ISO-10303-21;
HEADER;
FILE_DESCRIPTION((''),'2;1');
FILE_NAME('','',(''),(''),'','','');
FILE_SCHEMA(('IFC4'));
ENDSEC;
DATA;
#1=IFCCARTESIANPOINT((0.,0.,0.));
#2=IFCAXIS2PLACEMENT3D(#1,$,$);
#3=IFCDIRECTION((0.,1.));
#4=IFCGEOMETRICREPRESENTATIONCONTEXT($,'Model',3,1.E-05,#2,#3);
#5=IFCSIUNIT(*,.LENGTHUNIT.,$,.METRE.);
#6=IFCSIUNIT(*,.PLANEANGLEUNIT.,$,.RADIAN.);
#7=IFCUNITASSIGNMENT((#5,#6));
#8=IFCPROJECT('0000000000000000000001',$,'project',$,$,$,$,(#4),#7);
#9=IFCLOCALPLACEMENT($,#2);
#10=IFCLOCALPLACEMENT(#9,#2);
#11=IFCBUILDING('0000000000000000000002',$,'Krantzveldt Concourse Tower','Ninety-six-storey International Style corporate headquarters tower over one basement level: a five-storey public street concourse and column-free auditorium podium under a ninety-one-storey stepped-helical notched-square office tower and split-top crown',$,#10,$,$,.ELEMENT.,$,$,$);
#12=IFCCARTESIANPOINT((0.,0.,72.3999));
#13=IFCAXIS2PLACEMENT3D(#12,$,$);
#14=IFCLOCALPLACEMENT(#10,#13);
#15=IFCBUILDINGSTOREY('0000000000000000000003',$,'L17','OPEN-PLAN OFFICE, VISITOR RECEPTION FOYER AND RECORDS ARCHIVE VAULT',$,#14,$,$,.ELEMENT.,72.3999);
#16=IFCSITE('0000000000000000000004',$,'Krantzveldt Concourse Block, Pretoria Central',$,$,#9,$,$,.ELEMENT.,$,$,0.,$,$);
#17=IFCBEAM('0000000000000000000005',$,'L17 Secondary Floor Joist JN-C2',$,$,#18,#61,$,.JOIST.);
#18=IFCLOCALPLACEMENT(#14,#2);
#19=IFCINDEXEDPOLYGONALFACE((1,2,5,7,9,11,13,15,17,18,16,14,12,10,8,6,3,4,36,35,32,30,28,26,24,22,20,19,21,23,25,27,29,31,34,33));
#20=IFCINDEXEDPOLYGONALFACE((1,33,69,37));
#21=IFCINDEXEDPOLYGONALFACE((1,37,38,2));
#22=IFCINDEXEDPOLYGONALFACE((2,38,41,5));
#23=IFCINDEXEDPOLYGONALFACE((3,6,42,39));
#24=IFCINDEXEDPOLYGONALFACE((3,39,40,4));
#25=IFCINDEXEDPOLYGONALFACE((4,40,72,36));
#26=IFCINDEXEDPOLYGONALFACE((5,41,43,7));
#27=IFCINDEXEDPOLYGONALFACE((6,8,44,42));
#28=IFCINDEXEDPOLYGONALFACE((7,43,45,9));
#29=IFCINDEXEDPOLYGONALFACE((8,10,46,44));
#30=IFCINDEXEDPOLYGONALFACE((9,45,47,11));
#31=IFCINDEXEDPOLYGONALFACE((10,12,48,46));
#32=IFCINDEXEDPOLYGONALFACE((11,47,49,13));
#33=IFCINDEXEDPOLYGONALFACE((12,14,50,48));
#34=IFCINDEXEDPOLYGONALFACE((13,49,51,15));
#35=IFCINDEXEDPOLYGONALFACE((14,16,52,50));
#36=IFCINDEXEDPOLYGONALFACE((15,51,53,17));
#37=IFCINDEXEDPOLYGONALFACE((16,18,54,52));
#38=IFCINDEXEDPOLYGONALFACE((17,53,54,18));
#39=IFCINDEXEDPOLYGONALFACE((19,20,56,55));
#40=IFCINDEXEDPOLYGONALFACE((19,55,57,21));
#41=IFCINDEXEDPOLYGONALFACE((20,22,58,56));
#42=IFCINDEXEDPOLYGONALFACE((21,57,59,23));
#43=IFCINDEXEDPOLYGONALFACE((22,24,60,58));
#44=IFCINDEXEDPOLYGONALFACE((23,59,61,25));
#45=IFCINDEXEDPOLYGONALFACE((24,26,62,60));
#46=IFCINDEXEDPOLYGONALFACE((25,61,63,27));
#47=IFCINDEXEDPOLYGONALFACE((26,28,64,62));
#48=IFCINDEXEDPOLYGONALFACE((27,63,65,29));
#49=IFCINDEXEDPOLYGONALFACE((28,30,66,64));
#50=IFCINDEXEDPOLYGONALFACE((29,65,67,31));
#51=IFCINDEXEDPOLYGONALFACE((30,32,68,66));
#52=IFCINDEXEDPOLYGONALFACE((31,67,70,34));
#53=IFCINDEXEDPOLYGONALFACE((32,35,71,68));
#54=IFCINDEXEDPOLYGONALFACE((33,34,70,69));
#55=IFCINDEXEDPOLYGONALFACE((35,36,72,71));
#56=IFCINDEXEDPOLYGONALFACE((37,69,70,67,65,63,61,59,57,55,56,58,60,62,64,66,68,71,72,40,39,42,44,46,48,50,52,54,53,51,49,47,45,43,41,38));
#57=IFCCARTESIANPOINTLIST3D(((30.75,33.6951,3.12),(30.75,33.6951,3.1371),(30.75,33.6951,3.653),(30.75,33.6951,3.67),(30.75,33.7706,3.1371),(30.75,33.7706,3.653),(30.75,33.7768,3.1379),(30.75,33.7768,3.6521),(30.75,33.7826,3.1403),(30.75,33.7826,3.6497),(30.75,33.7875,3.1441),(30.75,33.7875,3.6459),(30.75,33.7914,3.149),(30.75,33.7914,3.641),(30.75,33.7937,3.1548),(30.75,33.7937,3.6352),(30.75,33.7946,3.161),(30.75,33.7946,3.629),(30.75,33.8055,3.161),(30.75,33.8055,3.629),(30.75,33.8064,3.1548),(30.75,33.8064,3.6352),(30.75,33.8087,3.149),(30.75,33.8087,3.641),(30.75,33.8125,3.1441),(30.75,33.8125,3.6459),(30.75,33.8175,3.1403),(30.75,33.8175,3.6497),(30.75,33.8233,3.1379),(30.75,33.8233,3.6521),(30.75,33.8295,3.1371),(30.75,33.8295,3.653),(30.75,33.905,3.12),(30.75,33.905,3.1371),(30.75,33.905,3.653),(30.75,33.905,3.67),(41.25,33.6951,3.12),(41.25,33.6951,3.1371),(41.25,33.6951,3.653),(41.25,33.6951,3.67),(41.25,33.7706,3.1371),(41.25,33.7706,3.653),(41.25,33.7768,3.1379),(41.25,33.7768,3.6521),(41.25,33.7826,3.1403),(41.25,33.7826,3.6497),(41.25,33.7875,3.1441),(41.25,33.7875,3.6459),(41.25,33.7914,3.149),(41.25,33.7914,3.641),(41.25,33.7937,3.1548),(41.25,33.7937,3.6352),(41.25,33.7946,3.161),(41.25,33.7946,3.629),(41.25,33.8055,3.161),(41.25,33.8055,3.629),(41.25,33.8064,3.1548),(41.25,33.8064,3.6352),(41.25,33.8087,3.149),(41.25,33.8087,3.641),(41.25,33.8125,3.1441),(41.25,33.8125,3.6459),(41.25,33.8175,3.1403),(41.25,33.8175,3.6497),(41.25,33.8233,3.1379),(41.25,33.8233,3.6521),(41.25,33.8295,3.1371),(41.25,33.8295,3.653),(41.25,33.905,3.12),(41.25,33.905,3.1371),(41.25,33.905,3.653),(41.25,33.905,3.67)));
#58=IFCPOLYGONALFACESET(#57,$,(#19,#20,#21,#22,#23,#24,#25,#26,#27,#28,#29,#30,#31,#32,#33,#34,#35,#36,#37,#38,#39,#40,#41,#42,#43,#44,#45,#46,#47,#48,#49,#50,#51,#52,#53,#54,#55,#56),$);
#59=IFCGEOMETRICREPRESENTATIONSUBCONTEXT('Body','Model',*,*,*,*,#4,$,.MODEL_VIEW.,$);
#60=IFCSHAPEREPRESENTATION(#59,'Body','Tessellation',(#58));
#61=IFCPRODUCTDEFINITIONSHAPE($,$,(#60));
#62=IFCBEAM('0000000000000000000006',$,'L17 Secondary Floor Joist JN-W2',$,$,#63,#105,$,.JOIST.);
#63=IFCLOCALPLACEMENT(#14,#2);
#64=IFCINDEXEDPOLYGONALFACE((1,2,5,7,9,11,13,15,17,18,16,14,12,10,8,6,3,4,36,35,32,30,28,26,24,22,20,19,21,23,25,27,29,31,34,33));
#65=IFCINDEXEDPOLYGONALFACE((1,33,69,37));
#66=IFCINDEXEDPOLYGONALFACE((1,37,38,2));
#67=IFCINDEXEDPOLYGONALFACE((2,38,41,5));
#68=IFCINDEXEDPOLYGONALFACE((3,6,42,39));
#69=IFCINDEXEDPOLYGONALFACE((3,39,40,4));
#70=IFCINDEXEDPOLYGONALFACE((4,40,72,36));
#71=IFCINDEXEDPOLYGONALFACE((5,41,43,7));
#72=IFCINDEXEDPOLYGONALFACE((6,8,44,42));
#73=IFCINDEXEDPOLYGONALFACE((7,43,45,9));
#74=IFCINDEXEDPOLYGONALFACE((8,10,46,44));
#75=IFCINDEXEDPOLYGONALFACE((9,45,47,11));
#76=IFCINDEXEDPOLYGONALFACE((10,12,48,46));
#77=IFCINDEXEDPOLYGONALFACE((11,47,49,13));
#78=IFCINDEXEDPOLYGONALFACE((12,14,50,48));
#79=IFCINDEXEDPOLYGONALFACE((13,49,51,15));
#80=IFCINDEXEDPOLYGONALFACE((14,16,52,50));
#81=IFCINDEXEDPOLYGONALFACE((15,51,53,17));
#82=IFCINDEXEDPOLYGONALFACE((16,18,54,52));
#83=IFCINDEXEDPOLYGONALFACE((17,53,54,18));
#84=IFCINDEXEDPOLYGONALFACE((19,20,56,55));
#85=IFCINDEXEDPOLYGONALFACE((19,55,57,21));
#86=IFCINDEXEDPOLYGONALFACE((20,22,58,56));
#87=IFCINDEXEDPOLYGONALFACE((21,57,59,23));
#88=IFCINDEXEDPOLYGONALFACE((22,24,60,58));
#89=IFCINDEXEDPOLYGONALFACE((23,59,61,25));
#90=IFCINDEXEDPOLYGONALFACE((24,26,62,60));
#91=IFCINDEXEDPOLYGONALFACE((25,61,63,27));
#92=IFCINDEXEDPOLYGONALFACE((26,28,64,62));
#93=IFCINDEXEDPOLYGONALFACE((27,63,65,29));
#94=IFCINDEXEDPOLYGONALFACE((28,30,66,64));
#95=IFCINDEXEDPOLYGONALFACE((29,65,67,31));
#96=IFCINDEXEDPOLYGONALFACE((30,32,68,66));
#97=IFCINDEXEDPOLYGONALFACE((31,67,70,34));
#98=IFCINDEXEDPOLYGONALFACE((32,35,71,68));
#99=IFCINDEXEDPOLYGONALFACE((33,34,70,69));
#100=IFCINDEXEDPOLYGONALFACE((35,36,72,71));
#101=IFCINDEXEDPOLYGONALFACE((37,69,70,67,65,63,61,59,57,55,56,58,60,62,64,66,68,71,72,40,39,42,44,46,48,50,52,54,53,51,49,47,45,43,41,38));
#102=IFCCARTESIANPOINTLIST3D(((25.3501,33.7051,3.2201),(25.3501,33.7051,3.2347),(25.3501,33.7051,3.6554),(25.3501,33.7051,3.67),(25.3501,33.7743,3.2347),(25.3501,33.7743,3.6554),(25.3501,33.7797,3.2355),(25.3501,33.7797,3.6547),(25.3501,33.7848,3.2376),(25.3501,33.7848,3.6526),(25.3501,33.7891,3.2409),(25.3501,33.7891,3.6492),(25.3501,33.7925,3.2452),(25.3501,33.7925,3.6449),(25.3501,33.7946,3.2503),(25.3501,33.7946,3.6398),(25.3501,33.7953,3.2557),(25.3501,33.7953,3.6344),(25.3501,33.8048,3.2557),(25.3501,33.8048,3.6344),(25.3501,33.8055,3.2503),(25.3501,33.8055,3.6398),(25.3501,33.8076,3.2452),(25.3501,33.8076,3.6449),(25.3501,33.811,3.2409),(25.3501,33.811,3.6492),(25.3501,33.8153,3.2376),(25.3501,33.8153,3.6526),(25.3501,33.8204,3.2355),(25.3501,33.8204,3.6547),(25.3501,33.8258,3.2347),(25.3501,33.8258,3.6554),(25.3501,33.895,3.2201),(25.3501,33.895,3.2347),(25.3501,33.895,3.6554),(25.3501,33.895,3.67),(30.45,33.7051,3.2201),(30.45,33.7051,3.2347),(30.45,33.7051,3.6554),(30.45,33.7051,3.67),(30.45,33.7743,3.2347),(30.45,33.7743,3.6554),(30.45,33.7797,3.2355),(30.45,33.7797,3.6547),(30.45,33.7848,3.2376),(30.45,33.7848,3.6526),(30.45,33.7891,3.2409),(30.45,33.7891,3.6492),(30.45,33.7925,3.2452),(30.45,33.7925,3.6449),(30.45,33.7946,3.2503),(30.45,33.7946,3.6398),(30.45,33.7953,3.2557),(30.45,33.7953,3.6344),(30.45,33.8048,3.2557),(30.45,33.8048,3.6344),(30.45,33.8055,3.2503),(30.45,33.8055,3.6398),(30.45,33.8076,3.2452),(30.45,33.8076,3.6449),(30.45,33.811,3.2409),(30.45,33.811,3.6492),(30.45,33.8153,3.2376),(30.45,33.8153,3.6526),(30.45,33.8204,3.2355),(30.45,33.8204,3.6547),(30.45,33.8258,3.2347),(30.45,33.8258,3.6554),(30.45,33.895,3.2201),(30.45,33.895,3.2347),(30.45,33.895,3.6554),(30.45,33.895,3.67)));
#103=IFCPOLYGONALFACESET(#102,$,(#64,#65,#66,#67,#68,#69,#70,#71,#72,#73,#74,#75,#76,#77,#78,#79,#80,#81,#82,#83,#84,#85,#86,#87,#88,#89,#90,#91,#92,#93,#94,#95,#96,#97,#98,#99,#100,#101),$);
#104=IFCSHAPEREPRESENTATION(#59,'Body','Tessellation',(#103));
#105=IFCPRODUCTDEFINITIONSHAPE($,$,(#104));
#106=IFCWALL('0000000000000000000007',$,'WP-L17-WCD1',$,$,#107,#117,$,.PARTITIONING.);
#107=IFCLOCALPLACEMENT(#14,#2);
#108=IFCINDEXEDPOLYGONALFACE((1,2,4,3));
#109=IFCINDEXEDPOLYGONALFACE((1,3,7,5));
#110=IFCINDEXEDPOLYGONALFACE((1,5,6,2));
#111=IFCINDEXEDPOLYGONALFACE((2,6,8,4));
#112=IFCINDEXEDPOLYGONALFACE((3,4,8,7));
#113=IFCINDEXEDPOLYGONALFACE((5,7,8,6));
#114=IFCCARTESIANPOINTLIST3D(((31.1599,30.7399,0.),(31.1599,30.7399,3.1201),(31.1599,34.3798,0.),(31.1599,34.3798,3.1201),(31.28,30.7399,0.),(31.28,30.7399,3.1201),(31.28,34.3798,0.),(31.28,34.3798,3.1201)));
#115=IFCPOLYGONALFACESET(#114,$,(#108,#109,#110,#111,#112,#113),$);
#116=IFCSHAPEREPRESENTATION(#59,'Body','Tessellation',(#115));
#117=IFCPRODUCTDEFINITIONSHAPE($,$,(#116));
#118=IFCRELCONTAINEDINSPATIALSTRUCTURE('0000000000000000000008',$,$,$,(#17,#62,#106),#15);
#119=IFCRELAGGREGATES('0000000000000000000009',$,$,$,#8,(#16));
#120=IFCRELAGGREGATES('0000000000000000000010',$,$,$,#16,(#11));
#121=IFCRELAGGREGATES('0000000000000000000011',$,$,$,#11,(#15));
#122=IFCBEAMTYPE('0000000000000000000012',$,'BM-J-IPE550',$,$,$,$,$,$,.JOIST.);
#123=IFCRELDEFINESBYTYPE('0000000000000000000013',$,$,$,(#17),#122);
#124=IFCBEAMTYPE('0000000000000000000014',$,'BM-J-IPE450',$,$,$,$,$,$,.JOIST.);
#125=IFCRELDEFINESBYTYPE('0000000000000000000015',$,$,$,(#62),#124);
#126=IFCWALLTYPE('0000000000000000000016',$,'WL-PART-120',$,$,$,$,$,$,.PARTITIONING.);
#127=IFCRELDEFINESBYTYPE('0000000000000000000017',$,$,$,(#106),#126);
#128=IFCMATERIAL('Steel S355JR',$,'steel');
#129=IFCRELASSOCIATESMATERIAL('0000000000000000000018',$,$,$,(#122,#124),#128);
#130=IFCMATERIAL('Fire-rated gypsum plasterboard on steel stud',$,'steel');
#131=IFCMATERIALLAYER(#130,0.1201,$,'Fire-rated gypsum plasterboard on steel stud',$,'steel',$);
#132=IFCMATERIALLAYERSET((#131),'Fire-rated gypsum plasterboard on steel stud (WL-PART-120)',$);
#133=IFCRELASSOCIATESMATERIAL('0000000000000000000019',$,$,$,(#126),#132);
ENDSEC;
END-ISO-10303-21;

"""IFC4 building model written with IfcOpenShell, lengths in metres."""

from ifc_helpers import new_model, si_unit, direction, frame, frame_2d, origin, origin_2d, place, context, subcontext, project, spatial, rectangle, i_section, extrude, source, transform, mapped, material, layer, layer_set, material_profile, profile_set, type_object, type_shapes, element, save


model = new_model("IFC4")

# Units and contexts
model_context = context("Model", 3, precision=1e-05, world=origin(), true_north=direction((0.0, 1.0)))
body_context = subcontext(model_context, "Body", "Model", "MODEL_VIEW")
ifc_project = project(units=[si_unit("LENGTHUNIT", "METRE"), si_unit("PLANEANGLEUNIT", "RADIAN")], contexts=[model_context])

# Site, building, storey
site_placement = place(None, origin())
site = spatial("IfcSite", under=ifc_project, at=site_placement, Name="Krantzveldt Concourse Block, Pretoria Central", CompositionType="ELEMENT", RefElevation=0.0)
building_placement = place(site_placement, origin())
building = spatial("IfcBuilding", under=site, at=building_placement, Name="Krantzveldt Concourse Tower", Description="Ninety-six-storey International Style corporate headquarters tower over one basement level: a five-storey public street concourse and column-free auditorium podium under a ninety-one-storey stepped-helical notched-square office tower and split-top crown", CompositionType="ELEMENT")
storey_placement = place(building_placement, frame((0.0, 0.0, 72.3999)))
storey = spatial("IfcBuildingStorey", under=building, at=storey_placement, Name="L17", Description="OPEN-PLAN OFFICE, VISITOR RECEPTION FOYER AND RECORDS ARCHIVE VAULT", CompositionType="ELEMENT", Elevation=72.3999)

# Beams
ifc_material_1 = material(Name="Steel S355JR", Category="steel")
ifc_material_profile_1 = material_profile(ifc_material_1, i_section(OverallWidth=0.21, OverallDepth=0.55, WebThickness=0.011, FlangeThickness=0.0171, FilletRadius=0.0239, at=origin_2d()), Name="Steel S355JR", Category="steel")
ifc_profile_set_1 = profile_set([ifc_material_profile_1], Name="Steel S355JR - IPE 550")
beam_type_1 = type_object("IfcBeamType", Name="BM-J-IPE550", PredefinedType="JOIST", material=ifc_profile_set_1)
shared_shape_1 = source(origin(), body_context, "Body", "SweptSolid", [
    extrude(i_section(OverallWidth=0.21, OverallDepth=0.55, WebThickness=0.011, FlangeThickness=0.0171, FilletRadius=0.0239, at=origin_2d()), origin(), (0.0, 0.0, 1.0), 10.5),
])
type_shapes(beam_type_1, [shared_shape_1])
beam_1_placement = place(storey_placement, frame((30.75, 33.8, 3.395), z_axis=(1.0, 0.0, 0.0), x_axis=(0.0, 1.0, 0.0)))
element("IfcBeam", 1, at=beam_1_placement, inside=storey, type_object=beam_type_1, Name="L17 Secondary Floor Joist JN-C2", PredefinedType="JOIST", context=body_context, shape_type="MappedRepresentation", body=[
    mapped(shared_shape_1, transform((0.0, 0.0, 0.0), x_axis=(1.0, 0.0, 0.0), y_axis=(0.0, 1.0, 0.0), z_axis=(0.0, 0.0, 1.0), scale=1.0)),
])
ifc_material_profile_2 = material_profile(ifc_material_1, i_section(OverallWidth=0.1899, OverallDepth=0.45, WebThickness=0.0095, FlangeThickness=0.0146, FilletRadius=0.021, at=origin_2d()), Name="Steel S355JR", Category="steel")
ifc_profile_set_2 = profile_set([ifc_material_profile_2], Name="Steel S355JR - IPE 450")
beam_type_2 = type_object("IfcBeamType", Name="BM-J-IPE450", PredefinedType="JOIST", material=ifc_profile_set_2)
shared_shape_2 = source(origin(), body_context, "Body", "SweptSolid", [
    extrude(i_section(OverallWidth=0.1899, OverallDepth=0.45, WebThickness=0.0095, FlangeThickness=0.0146, FilletRadius=0.021, at=origin_2d()), origin(), (0.0, 0.0, 1.0), 5.0999),
])
type_shapes(beam_type_2, [shared_shape_2])
beam_2_placement = place(storey_placement, frame((25.3501, 33.8, 3.4451), z_axis=(1.0, 0.0, 0.0), x_axis=(0.0, 1.0, 0.0)))
element("IfcBeam", 2, at=beam_2_placement, inside=storey, type_object=beam_type_2, Name="L17 Secondary Floor Joist JN-W2", PredefinedType="JOIST", context=body_context, shape_type="MappedRepresentation", body=[
    mapped(shared_shape_2, transform((0.0, 0.0, 0.0), x_axis=(1.0, 0.0, 0.0), y_axis=(0.0, 1.0, 0.0), z_axis=(0.0, 0.0, 1.0), scale=1.0)),
])

# Wall
ifc_material_2 = material(Name="Fire-rated gypsum plasterboard on steel stud", Category="steel")
ifc_layer_1 = layer(ifc_material_2, 0.1201, Name="Fire-rated gypsum plasterboard on steel stud", Category="steel")
ifc_layer_set_1 = layer_set([ifc_layer_1], Name="Fire-rated gypsum plasterboard on steel stud (WL-PART-120)")
wall_type_1 = type_object("IfcWallType", Name="WL-PART-120", PredefinedType="PARTITIONING", material=ifc_layer_set_1)
wall_1_placement = place(storey_placement, frame((31.22, 30.74, 0.0), z_axis=(0.0, 0.0, 1.0), x_axis=(0.0, 1.0, 0.0)))
element("IfcWall", 3, at=wall_1_placement, inside=storey, type_object=wall_type_1, Name="WP-L17-WCD1", PredefinedType="PARTITIONING", context=body_context, shape_type="SweptSolid", body=[
    extrude(rectangle(XDim=3.6399, YDim=0.1201, at=frame_2d((1.8198, 0.0))), origin(), (0.0, 0.0, 1.0), 3.1201),
])

save(model, "model.ifc")
